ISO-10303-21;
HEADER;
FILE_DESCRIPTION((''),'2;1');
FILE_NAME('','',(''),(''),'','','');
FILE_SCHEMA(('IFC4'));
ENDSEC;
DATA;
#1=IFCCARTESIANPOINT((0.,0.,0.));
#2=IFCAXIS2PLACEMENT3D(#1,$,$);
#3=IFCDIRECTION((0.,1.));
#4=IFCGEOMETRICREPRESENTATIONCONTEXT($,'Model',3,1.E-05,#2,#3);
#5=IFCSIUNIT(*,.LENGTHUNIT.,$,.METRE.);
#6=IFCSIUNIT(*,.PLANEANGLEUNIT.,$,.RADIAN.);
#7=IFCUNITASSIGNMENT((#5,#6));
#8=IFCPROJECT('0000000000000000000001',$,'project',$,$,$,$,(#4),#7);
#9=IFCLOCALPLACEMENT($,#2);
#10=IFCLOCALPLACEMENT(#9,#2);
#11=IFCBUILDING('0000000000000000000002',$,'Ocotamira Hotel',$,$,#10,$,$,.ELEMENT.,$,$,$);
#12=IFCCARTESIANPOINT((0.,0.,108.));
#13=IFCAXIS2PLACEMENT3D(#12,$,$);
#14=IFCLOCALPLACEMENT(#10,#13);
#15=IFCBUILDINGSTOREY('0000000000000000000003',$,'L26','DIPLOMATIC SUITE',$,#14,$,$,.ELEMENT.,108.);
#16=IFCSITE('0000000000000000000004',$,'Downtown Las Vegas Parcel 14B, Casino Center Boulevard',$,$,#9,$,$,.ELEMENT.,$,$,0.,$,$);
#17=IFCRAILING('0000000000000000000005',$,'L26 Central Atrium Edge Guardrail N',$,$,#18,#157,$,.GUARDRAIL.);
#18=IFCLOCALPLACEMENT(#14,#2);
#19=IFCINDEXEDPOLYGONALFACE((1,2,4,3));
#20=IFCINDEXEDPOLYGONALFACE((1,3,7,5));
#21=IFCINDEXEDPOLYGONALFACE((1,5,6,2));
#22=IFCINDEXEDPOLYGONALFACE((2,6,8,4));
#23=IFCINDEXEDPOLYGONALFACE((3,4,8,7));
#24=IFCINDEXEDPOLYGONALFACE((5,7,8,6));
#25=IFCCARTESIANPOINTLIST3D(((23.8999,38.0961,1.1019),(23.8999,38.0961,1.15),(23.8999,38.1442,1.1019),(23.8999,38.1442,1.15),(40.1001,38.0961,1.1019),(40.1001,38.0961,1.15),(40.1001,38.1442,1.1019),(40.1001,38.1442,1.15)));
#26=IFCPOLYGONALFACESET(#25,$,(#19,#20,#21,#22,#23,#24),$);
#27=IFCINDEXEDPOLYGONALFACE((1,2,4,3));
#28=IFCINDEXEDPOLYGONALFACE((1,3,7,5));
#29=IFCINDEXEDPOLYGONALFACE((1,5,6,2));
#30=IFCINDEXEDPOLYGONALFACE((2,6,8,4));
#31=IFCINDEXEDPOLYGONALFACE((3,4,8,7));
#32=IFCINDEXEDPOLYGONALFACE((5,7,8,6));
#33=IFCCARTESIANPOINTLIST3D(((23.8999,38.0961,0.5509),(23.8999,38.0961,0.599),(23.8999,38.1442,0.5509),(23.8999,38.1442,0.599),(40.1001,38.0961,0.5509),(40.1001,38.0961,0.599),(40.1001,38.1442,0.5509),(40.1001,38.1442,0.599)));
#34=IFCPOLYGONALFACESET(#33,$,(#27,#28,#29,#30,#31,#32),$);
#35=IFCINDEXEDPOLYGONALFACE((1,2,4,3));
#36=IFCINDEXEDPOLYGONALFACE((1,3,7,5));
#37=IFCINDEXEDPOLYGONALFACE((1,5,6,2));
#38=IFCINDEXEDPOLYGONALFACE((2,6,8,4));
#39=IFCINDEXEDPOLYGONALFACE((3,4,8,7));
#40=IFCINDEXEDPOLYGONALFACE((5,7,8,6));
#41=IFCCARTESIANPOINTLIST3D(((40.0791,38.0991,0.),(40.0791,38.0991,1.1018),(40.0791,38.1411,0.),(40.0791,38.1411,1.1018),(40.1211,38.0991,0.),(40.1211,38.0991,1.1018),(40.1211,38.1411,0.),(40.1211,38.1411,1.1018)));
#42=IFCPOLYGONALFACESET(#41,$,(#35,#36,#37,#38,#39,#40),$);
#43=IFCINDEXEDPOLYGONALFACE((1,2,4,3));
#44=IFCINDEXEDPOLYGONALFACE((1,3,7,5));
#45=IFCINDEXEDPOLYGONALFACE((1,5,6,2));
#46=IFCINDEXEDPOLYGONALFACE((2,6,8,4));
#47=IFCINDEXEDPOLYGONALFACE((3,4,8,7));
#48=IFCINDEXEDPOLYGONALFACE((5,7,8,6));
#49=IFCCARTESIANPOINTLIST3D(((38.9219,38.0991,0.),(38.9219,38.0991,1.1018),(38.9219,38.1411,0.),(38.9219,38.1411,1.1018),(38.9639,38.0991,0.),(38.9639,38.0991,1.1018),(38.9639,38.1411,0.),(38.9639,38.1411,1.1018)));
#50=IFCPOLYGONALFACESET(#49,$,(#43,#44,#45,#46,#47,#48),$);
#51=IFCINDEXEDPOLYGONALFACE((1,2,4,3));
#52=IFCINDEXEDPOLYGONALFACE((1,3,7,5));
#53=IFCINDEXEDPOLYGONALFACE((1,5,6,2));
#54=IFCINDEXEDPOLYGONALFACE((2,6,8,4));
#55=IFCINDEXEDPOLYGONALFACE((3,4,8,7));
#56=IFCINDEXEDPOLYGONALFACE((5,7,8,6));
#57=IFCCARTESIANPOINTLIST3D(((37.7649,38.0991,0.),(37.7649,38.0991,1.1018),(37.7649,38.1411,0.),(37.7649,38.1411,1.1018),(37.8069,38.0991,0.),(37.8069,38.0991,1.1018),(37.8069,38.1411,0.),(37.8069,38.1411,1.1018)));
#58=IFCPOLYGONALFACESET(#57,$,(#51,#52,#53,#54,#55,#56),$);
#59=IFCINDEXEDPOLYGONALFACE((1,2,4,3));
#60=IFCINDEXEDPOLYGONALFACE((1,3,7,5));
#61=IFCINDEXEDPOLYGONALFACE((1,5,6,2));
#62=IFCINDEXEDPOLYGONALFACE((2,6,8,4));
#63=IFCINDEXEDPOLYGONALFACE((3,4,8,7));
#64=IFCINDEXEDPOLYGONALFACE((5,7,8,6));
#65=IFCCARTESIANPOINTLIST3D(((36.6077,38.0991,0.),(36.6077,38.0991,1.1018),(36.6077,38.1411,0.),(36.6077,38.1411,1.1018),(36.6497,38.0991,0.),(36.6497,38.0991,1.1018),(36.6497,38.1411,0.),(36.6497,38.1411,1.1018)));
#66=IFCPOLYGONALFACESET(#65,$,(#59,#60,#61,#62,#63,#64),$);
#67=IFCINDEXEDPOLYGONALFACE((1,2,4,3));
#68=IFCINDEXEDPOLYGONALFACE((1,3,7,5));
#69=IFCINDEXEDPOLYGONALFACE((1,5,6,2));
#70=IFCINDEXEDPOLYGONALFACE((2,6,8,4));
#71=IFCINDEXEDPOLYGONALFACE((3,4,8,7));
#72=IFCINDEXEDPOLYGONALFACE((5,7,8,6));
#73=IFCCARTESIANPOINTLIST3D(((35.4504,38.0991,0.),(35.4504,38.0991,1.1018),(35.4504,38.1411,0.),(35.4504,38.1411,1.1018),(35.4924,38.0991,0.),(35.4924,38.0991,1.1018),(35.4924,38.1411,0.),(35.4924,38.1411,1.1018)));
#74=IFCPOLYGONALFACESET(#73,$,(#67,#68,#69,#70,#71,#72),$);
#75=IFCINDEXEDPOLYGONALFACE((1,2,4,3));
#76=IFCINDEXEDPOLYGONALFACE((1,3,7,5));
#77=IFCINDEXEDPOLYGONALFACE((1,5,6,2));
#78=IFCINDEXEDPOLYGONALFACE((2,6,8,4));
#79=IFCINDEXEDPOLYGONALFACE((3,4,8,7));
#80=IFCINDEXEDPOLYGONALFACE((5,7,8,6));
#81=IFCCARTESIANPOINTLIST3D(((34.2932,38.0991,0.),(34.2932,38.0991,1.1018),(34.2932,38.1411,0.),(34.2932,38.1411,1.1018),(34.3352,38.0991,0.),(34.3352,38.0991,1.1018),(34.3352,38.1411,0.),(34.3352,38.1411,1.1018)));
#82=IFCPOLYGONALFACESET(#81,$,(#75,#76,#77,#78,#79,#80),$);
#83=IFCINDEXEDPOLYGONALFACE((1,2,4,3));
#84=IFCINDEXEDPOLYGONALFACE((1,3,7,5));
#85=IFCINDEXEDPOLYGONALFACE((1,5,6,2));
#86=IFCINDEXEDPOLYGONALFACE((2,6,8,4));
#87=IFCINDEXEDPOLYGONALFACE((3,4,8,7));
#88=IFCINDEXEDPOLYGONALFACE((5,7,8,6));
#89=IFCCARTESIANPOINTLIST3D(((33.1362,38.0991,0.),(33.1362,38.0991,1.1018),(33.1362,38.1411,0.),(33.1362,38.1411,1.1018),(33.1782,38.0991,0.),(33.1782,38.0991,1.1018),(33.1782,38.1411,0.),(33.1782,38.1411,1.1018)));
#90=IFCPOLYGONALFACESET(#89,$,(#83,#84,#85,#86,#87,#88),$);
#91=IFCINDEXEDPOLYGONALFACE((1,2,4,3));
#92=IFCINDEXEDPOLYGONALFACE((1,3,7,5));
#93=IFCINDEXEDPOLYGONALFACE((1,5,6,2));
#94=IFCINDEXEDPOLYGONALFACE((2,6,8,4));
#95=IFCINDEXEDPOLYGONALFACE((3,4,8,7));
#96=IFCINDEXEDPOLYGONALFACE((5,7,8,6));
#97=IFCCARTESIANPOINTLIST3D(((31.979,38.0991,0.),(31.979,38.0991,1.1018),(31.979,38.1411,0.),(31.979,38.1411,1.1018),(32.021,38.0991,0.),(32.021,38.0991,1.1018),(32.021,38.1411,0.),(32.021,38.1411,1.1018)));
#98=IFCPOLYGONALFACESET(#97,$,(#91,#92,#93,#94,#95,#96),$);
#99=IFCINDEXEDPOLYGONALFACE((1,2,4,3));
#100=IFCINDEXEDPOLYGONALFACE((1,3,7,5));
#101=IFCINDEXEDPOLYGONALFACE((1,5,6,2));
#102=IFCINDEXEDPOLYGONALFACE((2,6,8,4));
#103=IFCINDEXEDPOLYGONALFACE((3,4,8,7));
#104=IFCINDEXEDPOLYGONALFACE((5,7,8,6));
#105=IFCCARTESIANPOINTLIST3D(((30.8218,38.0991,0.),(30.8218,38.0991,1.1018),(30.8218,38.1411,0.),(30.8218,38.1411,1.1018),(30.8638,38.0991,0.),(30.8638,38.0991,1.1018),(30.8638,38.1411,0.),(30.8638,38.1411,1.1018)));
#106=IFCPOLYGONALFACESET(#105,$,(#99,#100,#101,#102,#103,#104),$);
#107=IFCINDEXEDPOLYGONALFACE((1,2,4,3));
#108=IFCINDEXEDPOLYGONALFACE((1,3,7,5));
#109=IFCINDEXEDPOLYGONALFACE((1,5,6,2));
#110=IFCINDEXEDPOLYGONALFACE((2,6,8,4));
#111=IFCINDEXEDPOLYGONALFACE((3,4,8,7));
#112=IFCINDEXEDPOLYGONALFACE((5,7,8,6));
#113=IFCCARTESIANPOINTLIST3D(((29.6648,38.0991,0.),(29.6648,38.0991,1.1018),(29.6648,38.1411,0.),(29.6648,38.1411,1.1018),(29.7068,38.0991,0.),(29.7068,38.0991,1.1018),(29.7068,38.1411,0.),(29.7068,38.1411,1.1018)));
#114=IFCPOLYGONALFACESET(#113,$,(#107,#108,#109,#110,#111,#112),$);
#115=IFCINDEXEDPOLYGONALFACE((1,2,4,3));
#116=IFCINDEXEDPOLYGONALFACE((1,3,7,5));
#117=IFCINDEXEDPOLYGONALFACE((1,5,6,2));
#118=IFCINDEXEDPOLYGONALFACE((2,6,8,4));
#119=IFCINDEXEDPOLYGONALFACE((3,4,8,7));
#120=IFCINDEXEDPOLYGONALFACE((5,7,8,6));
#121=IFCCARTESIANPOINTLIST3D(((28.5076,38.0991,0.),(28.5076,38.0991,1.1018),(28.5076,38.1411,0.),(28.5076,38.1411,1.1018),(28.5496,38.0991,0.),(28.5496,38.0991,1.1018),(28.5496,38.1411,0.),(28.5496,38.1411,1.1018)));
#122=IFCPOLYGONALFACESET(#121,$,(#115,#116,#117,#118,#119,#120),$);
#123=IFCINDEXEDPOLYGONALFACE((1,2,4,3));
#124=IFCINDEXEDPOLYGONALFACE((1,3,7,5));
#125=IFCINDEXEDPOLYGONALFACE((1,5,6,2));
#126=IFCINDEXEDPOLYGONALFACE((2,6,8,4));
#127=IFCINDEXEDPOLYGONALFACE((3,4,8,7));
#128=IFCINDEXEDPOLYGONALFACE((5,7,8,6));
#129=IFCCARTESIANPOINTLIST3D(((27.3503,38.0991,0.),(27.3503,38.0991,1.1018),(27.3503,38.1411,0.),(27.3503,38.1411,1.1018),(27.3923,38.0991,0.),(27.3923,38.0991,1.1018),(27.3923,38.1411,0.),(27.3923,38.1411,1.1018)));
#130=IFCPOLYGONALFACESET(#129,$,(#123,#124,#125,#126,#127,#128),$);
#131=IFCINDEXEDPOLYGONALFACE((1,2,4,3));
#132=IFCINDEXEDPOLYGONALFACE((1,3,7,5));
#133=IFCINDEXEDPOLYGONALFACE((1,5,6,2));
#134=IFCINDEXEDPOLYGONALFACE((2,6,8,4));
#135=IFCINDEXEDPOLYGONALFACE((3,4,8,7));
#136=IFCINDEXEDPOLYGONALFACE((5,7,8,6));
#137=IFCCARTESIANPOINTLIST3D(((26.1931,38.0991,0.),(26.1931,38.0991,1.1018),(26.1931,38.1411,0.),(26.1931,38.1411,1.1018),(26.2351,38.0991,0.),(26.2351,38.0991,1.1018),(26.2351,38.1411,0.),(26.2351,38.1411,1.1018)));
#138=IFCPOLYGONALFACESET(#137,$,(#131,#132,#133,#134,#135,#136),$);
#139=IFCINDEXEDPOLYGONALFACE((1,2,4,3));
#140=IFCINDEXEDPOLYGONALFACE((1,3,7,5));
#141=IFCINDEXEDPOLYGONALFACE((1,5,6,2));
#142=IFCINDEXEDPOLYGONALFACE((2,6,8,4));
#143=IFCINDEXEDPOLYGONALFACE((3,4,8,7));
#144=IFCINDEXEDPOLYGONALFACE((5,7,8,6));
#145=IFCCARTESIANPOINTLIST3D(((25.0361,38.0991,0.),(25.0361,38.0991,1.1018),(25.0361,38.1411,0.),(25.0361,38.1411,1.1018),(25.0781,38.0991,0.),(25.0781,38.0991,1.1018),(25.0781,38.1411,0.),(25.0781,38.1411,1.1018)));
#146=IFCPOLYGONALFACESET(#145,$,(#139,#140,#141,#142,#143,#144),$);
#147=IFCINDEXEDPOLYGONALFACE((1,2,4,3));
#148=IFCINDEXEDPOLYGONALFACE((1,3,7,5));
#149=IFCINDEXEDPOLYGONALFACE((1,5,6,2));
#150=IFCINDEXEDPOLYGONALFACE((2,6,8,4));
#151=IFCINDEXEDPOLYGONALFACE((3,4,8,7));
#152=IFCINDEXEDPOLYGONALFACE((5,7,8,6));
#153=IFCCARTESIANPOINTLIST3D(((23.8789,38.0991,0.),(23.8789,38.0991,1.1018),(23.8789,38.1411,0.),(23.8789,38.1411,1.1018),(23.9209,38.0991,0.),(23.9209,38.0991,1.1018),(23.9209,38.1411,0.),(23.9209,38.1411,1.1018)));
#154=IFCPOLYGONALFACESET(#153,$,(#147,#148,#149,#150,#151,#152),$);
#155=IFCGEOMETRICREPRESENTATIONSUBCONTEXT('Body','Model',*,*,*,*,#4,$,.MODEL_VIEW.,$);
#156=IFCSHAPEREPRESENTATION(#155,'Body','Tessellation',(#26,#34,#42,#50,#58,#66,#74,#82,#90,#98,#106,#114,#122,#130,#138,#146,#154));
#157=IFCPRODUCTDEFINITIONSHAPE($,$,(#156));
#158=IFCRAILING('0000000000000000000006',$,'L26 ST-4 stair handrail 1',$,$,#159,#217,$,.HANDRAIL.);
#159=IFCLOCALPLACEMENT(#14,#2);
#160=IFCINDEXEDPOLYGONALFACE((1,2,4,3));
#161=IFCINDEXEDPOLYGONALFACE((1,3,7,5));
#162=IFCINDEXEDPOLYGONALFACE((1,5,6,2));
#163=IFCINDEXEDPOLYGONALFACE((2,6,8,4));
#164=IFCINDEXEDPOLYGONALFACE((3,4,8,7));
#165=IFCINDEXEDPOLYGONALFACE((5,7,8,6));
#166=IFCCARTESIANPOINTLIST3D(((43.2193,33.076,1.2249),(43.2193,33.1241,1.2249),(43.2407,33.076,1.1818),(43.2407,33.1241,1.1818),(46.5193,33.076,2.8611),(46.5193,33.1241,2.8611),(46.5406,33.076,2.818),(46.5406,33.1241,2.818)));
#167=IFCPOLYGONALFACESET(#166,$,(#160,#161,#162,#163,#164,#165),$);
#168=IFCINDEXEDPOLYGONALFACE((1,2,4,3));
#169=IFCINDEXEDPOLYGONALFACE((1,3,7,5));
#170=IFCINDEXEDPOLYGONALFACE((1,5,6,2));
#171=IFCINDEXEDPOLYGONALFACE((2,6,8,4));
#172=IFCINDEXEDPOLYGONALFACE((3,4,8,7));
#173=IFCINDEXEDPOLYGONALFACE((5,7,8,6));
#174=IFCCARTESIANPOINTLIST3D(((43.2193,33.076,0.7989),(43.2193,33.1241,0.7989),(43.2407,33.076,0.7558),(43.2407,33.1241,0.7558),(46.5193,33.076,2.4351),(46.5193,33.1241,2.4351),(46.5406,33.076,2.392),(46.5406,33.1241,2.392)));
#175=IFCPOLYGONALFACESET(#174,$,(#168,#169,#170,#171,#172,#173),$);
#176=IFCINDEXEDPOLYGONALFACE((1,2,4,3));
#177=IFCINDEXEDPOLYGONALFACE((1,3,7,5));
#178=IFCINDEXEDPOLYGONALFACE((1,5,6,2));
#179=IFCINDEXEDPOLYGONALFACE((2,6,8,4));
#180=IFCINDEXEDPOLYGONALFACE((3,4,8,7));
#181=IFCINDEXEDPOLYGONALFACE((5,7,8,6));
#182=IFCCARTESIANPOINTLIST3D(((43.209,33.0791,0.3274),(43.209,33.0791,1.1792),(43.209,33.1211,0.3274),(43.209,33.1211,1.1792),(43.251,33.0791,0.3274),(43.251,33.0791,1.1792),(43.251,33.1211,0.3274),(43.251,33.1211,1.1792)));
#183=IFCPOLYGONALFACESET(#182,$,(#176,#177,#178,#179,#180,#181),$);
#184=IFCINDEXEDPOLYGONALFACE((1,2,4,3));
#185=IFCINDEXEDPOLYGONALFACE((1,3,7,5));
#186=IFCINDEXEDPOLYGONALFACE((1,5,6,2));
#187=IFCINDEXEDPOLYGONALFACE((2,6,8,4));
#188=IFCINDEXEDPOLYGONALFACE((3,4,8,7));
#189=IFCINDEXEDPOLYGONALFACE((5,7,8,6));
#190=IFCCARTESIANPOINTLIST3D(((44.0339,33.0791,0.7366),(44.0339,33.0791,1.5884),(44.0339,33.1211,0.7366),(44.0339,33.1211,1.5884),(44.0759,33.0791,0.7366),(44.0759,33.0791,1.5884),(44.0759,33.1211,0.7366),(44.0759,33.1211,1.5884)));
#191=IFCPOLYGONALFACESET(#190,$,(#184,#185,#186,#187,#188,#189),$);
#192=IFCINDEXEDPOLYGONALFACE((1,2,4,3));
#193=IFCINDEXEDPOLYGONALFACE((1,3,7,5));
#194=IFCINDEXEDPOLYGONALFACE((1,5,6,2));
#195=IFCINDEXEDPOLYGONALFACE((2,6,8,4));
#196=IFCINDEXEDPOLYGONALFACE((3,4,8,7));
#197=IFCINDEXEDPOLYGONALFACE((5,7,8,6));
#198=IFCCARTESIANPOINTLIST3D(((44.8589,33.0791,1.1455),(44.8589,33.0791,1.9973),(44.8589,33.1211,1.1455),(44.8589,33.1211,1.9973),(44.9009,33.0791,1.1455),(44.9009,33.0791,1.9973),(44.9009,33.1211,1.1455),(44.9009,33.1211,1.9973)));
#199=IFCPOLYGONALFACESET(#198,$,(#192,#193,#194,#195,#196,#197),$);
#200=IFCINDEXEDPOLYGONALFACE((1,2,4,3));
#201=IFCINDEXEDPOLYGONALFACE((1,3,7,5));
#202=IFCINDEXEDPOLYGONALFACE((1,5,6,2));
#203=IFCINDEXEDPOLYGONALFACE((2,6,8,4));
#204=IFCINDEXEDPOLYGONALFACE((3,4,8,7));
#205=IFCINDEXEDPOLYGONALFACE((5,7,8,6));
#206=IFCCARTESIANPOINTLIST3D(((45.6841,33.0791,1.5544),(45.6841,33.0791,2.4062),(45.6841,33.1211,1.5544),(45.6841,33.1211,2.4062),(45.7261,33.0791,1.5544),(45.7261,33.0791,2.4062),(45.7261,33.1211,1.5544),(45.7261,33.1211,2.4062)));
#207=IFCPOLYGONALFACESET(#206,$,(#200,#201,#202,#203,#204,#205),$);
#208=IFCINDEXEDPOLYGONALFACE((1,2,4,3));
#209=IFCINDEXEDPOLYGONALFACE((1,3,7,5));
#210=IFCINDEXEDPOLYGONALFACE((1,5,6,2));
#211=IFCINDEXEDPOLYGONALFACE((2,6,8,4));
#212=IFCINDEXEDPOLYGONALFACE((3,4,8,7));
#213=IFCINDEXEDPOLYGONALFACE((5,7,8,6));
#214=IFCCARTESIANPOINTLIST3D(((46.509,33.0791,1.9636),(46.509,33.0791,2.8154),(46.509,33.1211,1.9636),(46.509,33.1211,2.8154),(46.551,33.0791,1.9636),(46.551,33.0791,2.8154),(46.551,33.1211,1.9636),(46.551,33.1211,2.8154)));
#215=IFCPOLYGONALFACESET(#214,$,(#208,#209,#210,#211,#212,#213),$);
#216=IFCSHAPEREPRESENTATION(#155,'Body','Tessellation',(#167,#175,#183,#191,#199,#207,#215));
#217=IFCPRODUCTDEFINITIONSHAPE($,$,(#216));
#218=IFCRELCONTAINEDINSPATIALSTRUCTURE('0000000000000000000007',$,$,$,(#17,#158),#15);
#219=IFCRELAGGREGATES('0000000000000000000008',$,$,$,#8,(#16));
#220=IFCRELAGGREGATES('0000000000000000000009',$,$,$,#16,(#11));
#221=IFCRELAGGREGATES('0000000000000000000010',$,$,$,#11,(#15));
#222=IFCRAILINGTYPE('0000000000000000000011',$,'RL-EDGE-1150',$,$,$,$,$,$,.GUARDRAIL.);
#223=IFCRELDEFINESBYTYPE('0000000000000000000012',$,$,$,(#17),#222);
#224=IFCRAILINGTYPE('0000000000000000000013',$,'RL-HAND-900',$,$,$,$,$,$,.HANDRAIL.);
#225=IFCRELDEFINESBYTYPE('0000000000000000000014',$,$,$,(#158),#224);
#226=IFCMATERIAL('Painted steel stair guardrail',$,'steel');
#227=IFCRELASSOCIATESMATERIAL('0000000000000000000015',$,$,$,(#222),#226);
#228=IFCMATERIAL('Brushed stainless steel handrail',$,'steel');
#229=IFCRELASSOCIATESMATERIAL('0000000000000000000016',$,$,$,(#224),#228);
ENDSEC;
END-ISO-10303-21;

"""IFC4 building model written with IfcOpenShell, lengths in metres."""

from ifc_helpers import new_model, si_unit, direction, frame, origin, origin_2d, place, context, subcontext, project, spatial, rectangle, extrude, material, type_object, element, save


model = new_model("IFC4")

# Units and contexts
model_context = context("Model", 3, precision=1e-05, world=origin(), true_north=direction((0.0, 1.0)))
body_context = subcontext(model_context, "Body", "Model", "MODEL_VIEW")
ifc_project = project(units=[si_unit("LENGTHUNIT", "METRE"), si_unit("PLANEANGLEUNIT", "RADIAN")], contexts=[model_context])

# Site, building, storey
site_placement = place(None, origin())
site = spatial("IfcSite", under=ifc_project, at=site_placement, Name="Downtown Las Vegas Parcel 14B, Casino Center Boulevard", CompositionType="ELEMENT", RefElevation=0.0)
building_placement = place(site_placement, origin())
building = spatial("IfcBuilding", under=site, at=building_placement, Name="Ocotamira Hotel", CompositionType="ELEMENT")
storey_placement = place(building_placement, frame((0.0, 0.0, 108.0)))
storey = spatial("IfcBuildingStorey", under=building, at=storey_placement, Name="L26", Description="DIPLOMATIC SUITE", CompositionType="ELEMENT", Elevation=108.0)

# Railings
ifc_material_1 = material(Name="Painted steel stair guardrail", Category="steel")
railing_type_1 = type_object("IfcRailingType", Name="RL-EDGE-1150", PredefinedType="GUARDRAIL", material=ifc_material_1)
railing_1_placement = place(storey_placement, frame((40.1001, 38.1201, 0.0)))
element("IfcRailing", 1, at=railing_1_placement, inside=storey, type_object=railing_type_1, Name="L26 Central Atrium Edge Guardrail N", PredefinedType="GUARDRAIL", context=body_context, shape_type="SweptSolid", body=[
    extrude(rectangle(XDim=0.0481, YDim=0.0481, at=origin_2d()), frame((0.0, 0.0, 1.126), z_axis=(-1.0, 0.0, 0.0), x_axis=(0.0, -1.0, 0.0)), (0.0, 0.0, 1.0), 16.2002),
    extrude(rectangle(XDim=0.0481, YDim=0.0481, at=origin_2d()), frame((0.0, 0.0, 0.575), z_axis=(-1.0, 0.0, 0.0), x_axis=(0.0, -1.0, 0.0)), (0.0, 0.0, 1.0), 16.2002),
    extrude(rectangle(XDim=0.042, YDim=0.042, at=origin_2d()), origin(), (0.0, 0.0, 1.0), 1.1018),
    extrude(rectangle(XDim=0.042, YDim=0.042, at=origin_2d()), frame((-1.1572, 0.0, 0.0)), (0.0, 0.0, 1.0), 1.1018),
    extrude(rectangle(XDim=0.042, YDim=0.042, at=origin_2d()), frame((-2.3142, 0.0, 0.0)), (0.0, 0.0, 1.0), 1.1018),
    extrude(rectangle(XDim=0.042, YDim=0.042, at=origin_2d()), frame((-3.4714, 0.0, 0.0)), (0.0, 0.0, 1.0), 1.1018),
    extrude(rectangle(XDim=0.042, YDim=0.042, at=origin_2d()), frame((-4.6287, 0.0, 0.0)), (0.0, 0.0, 1.0), 1.1018),
    extrude(rectangle(XDim=0.042, YDim=0.042, at=origin_2d()), frame((-5.7859, 0.0, 0.0)), (0.0, 0.0, 1.0), 1.1018),
    extrude(rectangle(XDim=0.042, YDim=0.042, at=origin_2d()), frame((-6.9429, 0.0, 0.0)), (0.0, 0.0, 1.0), 1.1018),
    extrude(rectangle(XDim=0.042, YDim=0.042, at=origin_2d()), frame((-8.1001, 0.0, 0.0)), (0.0, 0.0, 1.0), 1.1018),
    extrude(rectangle(XDim=0.042, YDim=0.042, at=origin_2d()), frame((-9.2573, 0.0, 0.0)), (0.0, 0.0, 1.0), 1.1018),
    extrude(rectangle(XDim=0.042, YDim=0.042, at=origin_2d()), frame((-10.4143, 0.0, 0.0)), (0.0, 0.0, 1.0), 1.1018),
    extrude(rectangle(XDim=0.042, YDim=0.042, at=origin_2d()), frame((-11.5715, 0.0, 0.0)), (0.0, 0.0, 1.0), 1.1018),
    extrude(rectangle(XDim=0.042, YDim=0.042, at=origin_2d()), frame((-12.7288, 0.0, 0.0)), (0.0, 0.0, 1.0), 1.1018),
    extrude(rectangle(XDim=0.042, YDim=0.042, at=origin_2d()), frame((-13.886, 0.0, 0.0)), (0.0, 0.0, 1.0), 1.1018),
    extrude(rectangle(XDim=0.042, YDim=0.042, at=origin_2d()), frame((-15.043, 0.0, 0.0)), (0.0, 0.0, 1.0), 1.1018),
    extrude(rectangle(XDim=0.042, YDim=0.042, at=origin_2d()), frame((-16.2002, 0.0, 0.0)), (0.0, 0.0, 1.0), 1.1018),
])
ifc_material_2 = material(Name="Brushed stainless steel handrail", Category="steel")
railing_type_2 = type_object("IfcRailingType", Name="RL-HAND-900", PredefinedType="HANDRAIL", material=ifc_material_2)
railing_2_placement = place(storey_placement, frame((43.23, 33.1001, 0.3274)))
element("IfcRailing", 2, at=railing_2_placement, inside=storey, type_object=railing_type_2, Name="L26 ST-4 stair handrail 1", PredefinedType="HANDRAIL", context=body_context, shape_type="SweptSolid", body=[
    extrude(rectangle(XDim=0.0481, YDim=0.0481, at=origin_2d()), frame((0.0, 0.0, 0.876), z_axis=(0.89592, 0.0, 0.444215), x_axis=(0.0, 1.0, 0.0)), (0.0, 0.0, 1.0), 3.6833),
    extrude(rectangle(XDim=0.0481, YDim=0.0481, at=origin_2d()), frame((0.0, 0.0, 0.45), z_axis=(0.89592, 0.0, 0.444215), x_axis=(0.0, 1.0, 0.0)), (0.0, 0.0, 1.0), 3.6833),
    extrude(rectangle(XDim=0.042, YDim=0.042, at=origin_2d()), origin(), (0.0, 0.0, 1.0), 0.8518),
    extrude(rectangle(XDim=0.042, YDim=0.042, at=origin_2d()), frame((0.825, 0.0, 0.4092)), (0.0, 0.0, 1.0), 0.8518),
    extrude(rectangle(XDim=0.042, YDim=0.042, at=origin_2d()), frame((1.6499, 0.0, 0.8181)), (0.0, 0.0, 1.0), 0.8518),
    extrude(rectangle(XDim=0.042, YDim=0.042, at=origin_2d()), frame((2.4751, 0.0, 1.2271)), (0.0, 0.0, 1.0), 0.8518),
    extrude(rectangle(XDim=0.042, YDim=0.042, at=origin_2d()), frame((3.3, 0.0, 1.6362)), (0.0, 0.0, 1.0), 0.8518),
])

save(model, "model.ifc")
